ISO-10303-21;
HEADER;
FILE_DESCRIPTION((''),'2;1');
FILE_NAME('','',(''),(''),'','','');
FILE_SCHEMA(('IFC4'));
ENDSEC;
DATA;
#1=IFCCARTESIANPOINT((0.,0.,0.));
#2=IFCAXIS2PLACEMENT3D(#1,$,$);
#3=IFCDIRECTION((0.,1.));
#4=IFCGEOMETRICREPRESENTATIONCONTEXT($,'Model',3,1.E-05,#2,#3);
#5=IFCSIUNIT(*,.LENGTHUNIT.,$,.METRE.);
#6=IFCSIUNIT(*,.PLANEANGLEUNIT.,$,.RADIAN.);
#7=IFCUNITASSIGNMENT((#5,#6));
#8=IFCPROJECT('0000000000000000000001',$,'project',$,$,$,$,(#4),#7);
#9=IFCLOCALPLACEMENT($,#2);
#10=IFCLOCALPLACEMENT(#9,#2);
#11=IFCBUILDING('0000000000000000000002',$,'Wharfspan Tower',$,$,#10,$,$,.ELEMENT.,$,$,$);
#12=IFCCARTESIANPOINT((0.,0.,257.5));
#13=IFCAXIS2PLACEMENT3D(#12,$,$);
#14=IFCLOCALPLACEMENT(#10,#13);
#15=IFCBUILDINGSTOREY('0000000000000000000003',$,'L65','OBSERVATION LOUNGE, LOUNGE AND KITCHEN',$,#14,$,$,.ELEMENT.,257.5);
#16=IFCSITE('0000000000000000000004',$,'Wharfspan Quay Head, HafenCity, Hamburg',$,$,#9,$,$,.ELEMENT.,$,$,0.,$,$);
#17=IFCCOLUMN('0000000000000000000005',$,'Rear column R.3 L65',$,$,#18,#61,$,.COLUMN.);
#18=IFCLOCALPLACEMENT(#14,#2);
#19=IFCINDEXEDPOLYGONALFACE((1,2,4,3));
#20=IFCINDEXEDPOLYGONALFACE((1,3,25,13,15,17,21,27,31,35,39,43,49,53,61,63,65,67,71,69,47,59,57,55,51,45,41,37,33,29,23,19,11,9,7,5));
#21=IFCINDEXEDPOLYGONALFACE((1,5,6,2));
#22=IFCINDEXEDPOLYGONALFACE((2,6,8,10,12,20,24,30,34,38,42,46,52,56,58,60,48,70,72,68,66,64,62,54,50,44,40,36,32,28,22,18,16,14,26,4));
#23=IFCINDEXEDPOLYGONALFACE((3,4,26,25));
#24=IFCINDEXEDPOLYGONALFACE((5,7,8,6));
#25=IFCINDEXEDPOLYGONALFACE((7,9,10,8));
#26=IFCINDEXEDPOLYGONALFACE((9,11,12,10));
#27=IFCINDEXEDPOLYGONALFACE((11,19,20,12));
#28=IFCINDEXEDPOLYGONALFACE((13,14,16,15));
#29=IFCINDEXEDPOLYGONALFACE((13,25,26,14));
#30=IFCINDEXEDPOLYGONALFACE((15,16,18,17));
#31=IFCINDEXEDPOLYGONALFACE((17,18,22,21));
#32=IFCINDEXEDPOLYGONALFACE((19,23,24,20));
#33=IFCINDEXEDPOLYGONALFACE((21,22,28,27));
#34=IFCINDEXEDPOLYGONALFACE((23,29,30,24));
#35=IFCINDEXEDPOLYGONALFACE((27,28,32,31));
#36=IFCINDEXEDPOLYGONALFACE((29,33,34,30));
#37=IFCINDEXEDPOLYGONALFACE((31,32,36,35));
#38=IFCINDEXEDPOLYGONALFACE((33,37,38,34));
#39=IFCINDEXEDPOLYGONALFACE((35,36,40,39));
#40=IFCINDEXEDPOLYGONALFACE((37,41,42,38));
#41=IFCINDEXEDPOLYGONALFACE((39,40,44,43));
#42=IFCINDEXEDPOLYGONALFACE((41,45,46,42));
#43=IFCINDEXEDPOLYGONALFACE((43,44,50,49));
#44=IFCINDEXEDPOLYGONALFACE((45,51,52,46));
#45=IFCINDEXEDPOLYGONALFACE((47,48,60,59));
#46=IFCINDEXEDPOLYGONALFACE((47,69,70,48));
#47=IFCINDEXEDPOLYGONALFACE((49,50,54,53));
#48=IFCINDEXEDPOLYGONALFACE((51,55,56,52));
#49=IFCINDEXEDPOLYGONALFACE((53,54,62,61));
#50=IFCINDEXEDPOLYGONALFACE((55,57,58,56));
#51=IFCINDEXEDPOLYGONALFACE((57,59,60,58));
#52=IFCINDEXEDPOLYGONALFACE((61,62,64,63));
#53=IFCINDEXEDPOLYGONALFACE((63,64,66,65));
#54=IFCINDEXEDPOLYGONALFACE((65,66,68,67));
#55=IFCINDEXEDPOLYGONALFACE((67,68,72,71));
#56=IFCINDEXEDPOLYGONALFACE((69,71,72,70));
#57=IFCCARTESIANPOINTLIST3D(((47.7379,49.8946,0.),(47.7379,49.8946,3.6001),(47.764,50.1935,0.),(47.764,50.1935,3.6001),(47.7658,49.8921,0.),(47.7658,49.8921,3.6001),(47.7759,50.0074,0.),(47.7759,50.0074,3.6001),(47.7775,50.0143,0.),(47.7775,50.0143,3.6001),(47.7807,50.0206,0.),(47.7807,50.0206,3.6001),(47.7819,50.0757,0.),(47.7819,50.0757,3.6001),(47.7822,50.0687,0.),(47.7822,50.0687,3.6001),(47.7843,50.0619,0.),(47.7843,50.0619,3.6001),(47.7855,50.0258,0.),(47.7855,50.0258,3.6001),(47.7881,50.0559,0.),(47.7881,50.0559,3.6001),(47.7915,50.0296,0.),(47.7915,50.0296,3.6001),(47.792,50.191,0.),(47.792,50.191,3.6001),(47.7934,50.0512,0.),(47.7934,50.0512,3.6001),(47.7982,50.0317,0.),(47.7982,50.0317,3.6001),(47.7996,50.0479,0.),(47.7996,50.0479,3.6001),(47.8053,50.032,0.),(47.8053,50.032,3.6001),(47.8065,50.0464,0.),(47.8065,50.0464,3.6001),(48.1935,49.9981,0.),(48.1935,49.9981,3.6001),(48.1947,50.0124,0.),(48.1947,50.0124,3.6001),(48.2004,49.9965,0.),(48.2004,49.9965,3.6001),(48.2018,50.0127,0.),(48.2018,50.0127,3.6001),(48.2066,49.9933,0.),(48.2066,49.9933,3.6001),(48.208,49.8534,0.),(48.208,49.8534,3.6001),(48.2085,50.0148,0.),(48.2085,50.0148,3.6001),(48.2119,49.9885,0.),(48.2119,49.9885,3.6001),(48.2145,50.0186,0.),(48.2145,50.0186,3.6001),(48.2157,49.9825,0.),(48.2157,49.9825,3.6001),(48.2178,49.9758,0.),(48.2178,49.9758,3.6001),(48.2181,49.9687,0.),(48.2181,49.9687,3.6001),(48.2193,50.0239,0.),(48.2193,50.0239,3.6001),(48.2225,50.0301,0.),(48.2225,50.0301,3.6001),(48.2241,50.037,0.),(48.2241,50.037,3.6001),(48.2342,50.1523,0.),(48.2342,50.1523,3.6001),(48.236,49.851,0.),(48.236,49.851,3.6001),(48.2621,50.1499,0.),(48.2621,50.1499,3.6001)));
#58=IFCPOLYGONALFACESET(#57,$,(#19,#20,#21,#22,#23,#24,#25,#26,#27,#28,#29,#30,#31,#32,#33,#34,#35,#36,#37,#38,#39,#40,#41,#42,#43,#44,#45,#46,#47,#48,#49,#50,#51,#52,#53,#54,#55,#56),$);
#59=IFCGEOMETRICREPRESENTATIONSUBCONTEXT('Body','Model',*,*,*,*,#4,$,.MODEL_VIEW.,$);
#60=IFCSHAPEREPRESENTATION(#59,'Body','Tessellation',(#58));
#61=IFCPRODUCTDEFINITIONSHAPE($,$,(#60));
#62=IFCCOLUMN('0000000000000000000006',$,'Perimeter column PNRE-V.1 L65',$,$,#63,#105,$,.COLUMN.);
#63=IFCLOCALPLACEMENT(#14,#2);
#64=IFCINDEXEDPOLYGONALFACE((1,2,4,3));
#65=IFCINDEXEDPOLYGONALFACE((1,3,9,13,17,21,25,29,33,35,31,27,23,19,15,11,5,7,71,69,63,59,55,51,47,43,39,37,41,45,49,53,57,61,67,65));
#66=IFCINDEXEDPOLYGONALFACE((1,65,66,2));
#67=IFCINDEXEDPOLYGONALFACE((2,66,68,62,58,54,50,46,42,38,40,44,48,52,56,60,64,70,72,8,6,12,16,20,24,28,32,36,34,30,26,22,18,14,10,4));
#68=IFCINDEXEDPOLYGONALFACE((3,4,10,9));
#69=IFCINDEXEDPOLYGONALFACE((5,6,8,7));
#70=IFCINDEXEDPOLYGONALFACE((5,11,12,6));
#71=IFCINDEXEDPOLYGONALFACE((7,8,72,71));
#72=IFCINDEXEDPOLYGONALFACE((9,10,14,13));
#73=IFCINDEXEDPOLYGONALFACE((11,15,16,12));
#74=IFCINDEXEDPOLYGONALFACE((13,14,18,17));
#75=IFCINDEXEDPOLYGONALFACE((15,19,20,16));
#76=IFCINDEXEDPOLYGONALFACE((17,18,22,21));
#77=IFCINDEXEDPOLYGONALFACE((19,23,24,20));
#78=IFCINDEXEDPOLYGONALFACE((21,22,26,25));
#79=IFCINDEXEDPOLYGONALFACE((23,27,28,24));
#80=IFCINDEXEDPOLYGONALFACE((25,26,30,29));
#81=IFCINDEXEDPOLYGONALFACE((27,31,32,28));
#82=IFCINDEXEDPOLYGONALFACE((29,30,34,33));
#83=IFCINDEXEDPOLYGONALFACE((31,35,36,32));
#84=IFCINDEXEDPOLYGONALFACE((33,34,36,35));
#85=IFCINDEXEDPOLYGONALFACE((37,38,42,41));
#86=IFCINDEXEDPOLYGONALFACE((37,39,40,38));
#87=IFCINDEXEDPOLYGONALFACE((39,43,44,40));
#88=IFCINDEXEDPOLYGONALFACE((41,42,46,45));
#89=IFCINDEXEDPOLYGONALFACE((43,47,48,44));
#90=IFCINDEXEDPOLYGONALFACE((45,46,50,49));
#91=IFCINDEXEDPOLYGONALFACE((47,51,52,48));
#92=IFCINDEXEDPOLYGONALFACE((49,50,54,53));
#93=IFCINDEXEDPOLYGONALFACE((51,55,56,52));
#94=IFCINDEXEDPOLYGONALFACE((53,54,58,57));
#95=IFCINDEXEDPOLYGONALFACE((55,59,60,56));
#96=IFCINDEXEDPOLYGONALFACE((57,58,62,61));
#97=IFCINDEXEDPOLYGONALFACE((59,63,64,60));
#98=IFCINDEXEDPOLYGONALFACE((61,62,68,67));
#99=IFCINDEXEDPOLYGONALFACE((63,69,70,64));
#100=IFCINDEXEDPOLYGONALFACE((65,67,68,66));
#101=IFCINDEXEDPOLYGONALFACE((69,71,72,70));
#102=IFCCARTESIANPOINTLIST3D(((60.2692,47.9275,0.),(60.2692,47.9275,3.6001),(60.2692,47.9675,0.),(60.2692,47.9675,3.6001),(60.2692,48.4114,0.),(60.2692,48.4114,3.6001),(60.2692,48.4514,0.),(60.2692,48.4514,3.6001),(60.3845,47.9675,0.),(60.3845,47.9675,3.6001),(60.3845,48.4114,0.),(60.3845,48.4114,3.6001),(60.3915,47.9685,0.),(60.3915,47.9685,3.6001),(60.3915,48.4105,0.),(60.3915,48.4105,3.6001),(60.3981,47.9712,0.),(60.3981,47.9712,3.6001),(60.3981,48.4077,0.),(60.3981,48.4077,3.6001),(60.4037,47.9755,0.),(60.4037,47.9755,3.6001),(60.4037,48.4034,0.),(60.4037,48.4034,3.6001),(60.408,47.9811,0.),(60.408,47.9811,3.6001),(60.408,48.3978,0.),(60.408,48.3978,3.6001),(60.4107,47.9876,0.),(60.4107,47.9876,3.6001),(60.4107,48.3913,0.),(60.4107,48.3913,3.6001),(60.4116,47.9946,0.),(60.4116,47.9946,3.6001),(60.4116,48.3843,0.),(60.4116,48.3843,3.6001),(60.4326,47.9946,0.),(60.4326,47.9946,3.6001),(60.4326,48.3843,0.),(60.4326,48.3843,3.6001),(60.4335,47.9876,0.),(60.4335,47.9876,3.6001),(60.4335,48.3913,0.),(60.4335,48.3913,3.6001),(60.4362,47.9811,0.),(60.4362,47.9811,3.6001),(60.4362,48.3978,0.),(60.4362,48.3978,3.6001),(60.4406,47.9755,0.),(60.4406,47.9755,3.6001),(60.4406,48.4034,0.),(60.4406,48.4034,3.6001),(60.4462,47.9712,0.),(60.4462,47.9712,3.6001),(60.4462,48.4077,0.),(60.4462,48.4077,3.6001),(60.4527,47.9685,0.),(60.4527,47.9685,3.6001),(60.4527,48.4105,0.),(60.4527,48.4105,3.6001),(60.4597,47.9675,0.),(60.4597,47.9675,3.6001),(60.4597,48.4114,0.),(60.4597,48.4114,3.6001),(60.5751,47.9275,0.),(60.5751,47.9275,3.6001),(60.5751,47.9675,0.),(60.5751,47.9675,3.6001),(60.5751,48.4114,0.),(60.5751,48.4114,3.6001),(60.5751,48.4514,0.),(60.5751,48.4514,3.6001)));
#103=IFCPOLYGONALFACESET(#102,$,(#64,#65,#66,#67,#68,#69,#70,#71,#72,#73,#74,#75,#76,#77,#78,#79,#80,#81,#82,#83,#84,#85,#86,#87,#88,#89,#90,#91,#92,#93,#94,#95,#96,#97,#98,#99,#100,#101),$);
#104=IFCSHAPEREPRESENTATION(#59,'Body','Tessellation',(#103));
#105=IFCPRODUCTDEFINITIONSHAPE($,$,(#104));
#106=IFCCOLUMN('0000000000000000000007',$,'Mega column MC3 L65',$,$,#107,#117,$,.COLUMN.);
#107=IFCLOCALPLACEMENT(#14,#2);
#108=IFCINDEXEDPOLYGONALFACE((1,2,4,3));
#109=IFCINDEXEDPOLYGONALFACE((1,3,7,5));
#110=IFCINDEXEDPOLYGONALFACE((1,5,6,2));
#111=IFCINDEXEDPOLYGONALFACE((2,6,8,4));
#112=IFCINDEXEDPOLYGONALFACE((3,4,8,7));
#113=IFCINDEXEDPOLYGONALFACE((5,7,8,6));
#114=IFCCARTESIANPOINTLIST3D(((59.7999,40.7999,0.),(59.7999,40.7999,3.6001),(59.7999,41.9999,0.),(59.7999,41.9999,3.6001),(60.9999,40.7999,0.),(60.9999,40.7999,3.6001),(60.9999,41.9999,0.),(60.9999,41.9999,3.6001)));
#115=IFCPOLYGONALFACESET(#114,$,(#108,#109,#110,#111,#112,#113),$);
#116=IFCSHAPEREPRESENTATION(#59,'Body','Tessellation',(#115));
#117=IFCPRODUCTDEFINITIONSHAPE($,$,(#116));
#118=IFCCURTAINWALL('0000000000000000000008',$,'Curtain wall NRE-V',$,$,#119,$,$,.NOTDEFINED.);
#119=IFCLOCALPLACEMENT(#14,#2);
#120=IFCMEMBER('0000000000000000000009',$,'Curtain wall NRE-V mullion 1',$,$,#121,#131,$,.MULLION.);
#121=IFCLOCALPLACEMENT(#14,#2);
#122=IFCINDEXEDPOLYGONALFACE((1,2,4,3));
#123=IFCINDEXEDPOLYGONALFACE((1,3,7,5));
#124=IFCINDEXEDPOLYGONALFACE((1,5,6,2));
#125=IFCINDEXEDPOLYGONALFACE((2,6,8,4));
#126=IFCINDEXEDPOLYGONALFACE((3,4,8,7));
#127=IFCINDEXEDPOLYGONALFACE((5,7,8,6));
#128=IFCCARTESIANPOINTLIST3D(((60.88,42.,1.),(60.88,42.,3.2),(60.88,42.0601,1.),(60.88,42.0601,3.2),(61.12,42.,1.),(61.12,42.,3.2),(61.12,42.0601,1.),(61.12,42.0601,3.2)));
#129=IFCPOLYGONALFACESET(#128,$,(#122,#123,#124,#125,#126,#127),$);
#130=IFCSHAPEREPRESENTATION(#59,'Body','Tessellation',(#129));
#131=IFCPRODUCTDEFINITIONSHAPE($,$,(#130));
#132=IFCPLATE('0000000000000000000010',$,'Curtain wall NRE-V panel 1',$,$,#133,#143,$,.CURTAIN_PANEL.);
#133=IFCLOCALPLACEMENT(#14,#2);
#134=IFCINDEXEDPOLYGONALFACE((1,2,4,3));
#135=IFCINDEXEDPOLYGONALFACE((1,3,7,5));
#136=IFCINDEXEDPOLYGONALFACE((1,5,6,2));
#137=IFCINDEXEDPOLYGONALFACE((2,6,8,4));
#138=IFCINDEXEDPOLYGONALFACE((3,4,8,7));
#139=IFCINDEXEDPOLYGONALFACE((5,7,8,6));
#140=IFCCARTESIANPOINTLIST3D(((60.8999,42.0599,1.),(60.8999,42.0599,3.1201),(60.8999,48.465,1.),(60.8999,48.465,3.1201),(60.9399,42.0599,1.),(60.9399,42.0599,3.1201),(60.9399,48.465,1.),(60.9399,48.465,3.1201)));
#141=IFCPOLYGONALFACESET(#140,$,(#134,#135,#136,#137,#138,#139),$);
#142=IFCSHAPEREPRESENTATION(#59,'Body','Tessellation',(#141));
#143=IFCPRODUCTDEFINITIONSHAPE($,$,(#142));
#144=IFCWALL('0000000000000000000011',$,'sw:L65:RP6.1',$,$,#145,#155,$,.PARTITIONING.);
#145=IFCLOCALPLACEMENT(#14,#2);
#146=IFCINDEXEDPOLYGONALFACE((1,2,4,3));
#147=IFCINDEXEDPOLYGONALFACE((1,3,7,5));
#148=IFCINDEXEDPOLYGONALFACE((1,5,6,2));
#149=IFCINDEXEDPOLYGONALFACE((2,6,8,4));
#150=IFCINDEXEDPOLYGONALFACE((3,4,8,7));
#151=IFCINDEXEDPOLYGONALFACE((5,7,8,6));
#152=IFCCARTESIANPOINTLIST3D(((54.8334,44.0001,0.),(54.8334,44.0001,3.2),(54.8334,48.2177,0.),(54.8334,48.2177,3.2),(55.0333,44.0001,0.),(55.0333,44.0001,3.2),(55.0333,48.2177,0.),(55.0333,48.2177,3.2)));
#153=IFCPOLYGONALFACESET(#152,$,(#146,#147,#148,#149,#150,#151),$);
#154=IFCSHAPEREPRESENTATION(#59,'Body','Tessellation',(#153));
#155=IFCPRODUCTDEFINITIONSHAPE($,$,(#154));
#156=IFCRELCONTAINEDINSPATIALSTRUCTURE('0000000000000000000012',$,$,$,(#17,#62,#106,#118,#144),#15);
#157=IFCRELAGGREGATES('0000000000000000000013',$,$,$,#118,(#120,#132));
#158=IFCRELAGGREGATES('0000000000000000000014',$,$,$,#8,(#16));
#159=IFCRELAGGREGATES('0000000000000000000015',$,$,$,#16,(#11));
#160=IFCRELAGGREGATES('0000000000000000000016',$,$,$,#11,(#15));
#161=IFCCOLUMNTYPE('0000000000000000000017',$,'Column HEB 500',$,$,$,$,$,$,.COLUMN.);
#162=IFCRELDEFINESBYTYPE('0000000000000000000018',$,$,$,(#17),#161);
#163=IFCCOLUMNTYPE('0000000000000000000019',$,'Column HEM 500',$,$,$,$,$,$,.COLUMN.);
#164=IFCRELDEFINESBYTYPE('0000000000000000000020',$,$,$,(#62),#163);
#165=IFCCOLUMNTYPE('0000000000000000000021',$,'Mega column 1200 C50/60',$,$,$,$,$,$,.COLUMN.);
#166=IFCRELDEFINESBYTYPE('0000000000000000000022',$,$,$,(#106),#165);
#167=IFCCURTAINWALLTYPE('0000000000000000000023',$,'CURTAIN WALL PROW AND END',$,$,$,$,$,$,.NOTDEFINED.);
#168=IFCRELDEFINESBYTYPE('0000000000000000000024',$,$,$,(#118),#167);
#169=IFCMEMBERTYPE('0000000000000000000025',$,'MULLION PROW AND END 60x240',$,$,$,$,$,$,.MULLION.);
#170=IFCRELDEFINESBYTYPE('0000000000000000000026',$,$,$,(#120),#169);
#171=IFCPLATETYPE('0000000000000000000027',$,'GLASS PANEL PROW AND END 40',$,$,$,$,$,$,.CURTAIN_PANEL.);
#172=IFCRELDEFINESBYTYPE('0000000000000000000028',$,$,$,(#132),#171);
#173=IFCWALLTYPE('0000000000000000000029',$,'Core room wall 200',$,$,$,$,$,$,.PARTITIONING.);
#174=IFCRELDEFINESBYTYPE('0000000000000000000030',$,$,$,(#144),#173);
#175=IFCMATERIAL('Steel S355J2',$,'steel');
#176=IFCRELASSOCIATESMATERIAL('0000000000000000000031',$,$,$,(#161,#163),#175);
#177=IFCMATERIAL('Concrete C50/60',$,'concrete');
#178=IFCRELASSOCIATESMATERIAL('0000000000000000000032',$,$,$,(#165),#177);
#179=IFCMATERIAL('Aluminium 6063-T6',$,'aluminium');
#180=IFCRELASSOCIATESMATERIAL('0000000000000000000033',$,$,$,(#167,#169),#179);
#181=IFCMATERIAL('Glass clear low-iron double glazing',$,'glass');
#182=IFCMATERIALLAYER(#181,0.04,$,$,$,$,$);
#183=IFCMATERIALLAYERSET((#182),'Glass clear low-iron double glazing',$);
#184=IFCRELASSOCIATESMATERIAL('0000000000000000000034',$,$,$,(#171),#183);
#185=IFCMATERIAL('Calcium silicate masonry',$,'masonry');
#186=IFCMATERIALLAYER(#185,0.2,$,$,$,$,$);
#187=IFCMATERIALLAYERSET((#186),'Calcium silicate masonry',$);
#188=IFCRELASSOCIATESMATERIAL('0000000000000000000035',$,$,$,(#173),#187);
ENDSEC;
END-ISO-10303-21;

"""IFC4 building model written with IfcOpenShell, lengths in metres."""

from ifc_helpers import new_model, si_unit, direction, frame, frame_2d, origin, origin_2d, place, context, subcontext, project, spatial, rectangle, i_section, extrude, material, layer, layer_set, material_profile, profile_set, type_object, element, aggregate, save


model = new_model("IFC4")

# Units and contexts
model_context = context("Model", 3, precision=1e-05, world=origin(), true_north=direction((0.0, 1.0)))
body_context = subcontext(model_context, "Body", "Model", "MODEL_VIEW")
ifc_project = project(units=[si_unit("LENGTHUNIT", "METRE"), si_unit("PLANEANGLEUNIT", "RADIAN")], contexts=[model_context])

# Site, building, storey
site_placement = place(None, origin())
site = spatial("IfcSite", under=ifc_project, at=site_placement, Name="Wharfspan Quay Head, HafenCity, Hamburg", CompositionType="ELEMENT", RefElevation=0.0)
building_placement = place(site_placement, origin())
building = spatial("IfcBuilding", under=site, at=building_placement, Name="Wharfspan Tower", CompositionType="ELEMENT")
storey_placement = place(building_placement, frame((0.0, 0.0, 257.5)))
storey = spatial("IfcBuildingStorey", under=building, at=storey_placement, Name="L65", Description="OBSERVATION LOUNGE, LOUNGE AND KITCHEN", CompositionType="ELEMENT", Elevation=257.5)

# Columns
ifc_material_1 = material(Name="Steel S355J2", Category="steel")
ifc_material_profile_1 = material_profile(ifc_material_1, i_section(OverallWidth=0.3, OverallDepth=0.5, WebThickness=0.0144, FlangeThickness=0.0281, FilletRadius=0.0271, at=origin_2d()))
ifc_profile_set_1 = profile_set([ifc_material_profile_1], Name="Steel S355J2")
column_type_1 = type_object("IfcColumnType", Name="Column HEB 500", PredefinedType="COLUMN", material=ifc_profile_set_1)
column_1_placement = place(storey_placement, frame((48.0, 50.0222, 0.0), z_axis=(0.0, 0.0, 1.0), x_axis=(0.087156, 0.996197, 0.0)))
element("IfcColumn", 1, at=column_1_placement, inside=storey, type_object=column_type_1, Name="Rear column R.3 L65", PredefinedType="COLUMN", context=body_context, shape_type="SweptSolid", body=[
    extrude(i_section(OverallWidth=0.3, OverallDepth=0.5, WebThickness=0.0144, FlangeThickness=0.0281, FilletRadius=0.0271, at=origin_2d()), origin(), (0.0, 0.0, 1.0), 3.6001),
])
ifc_material_profile_2 = material_profile(ifc_material_1, i_section(OverallWidth=0.3059, OverallDepth=0.5239, WebThickness=0.021, FlangeThickness=0.04, FilletRadius=0.0271, at=origin_2d()))
ifc_profile_set_2 = profile_set([ifc_material_profile_2], Name="Steel S355J2")
column_type_2 = type_object("IfcColumnType", Name="Column HEM 500", PredefinedType="COLUMN", material=ifc_profile_set_2)
column_2_placement = place(storey_placement, frame((60.4221, 48.1895, 0.0), z_axis=(0.0, 0.0, 1.0), x_axis=(1.0, 0.0, 0.0)))
element("IfcColumn", 2, at=column_2_placement, inside=storey, type_object=column_type_2, Name="Perimeter column PNRE-V.1 L65", PredefinedType="COLUMN", context=body_context, shape_type="SweptSolid", body=[
    extrude(i_section(OverallWidth=0.3059, OverallDepth=0.5239, WebThickness=0.021, FlangeThickness=0.04, FilletRadius=0.0271, at=origin_2d()), origin(), (0.0, 0.0, 1.0), 3.6001),
])
ifc_material_2 = material(Name="Concrete C50/60", Category="concrete")
ifc_material_profile_3 = material_profile(ifc_material_2, rectangle(XDim=1.2, YDim=1.2, at=origin_2d()))
ifc_profile_set_3 = profile_set([ifc_material_profile_3], Name="Concrete C50/60")
column_type_3 = type_object("IfcColumnType", Name="Mega column 1200 C50/60", PredefinedType="COLUMN", material=ifc_profile_set_3)
column_3_placement = place(storey_placement, frame((60.3999, 41.3999, 0.0), z_axis=(0.0, 0.0, 1.0), x_axis=(1.0, 0.0, 0.0)))
element("IfcColumn", 3, at=column_3_placement, inside=storey, type_object=column_type_3, Name="Mega column MC3 L65", PredefinedType="COLUMN", context=body_context, shape_type="SweptSolid", body=[
    extrude(rectangle(XDim=1.2, YDim=1.2, at=origin_2d()), origin(), (0.0, 0.0, 1.0), 3.6001),
])

# Curtain wall, member, plate
ifc_material_3 = material(Name="Aluminium 6063-T6", Category="aluminium")
curtain_wall_type = type_object("IfcCurtainWallType", Name="CURTAIN WALL PROW AND END", PredefinedType="NOTDEFINED", material=ifc_material_3)
curtain_wall_placement = place(storey_placement, origin())
curtain_wall = element("IfcCurtainWall", 4, at=curtain_wall_placement, inside=storey, type_object=curtain_wall_type, Name="Curtain wall NRE-V", PredefinedType="NOTDEFINED")
ifc_material_profile_4 = material_profile(ifc_material_3, rectangle(XDim=0.24, YDim=0.0601, at=origin_2d()))
ifc_profile_set_4 = profile_set([ifc_material_profile_4], Name="Aluminium 6063-T6")
member_type = type_object("IfcMemberType", Name="MULLION PROW AND END 60x240", PredefinedType="MULLION", material=ifc_profile_set_4)
member_placement = place(storey_placement, frame((61.0, 42.03, 1.0), z_axis=(0.0, 0.0, 1.0), x_axis=(-1.0, 0.0, 0.0)))
member = element("IfcMember", 5, at=member_placement, type_object=member_type, Name="Curtain wall NRE-V mullion 1", PredefinedType="MULLION", context=body_context, shape_type="SweptSolid", body=[
    extrude(rectangle(XDim=0.24, YDim=0.0601, at=origin_2d()), origin(), (0.0, 0.0, 1.0), 2.2),
])
ifc_material_4 = material(Name="Glass clear low-iron double glazing", Category="glass")
ifc_layer_1 = layer(ifc_material_4, 0.04)
ifc_layer_set_1 = layer_set([ifc_layer_1], Name="Glass clear low-iron double glazing")
plate_type = type_object("IfcPlateType", Name="GLASS PANEL PROW AND END 40", PredefinedType="CURTAIN_PANEL", material=ifc_layer_set_1)
plate_placement = place(storey_placement, frame((60.9199, 45.2625, 1.0), z_axis=(0.0, 0.0, 1.0), x_axis=(0.0, 1.0, 0.0)))
plate = element("IfcPlate", 6, at=plate_placement, type_object=plate_type, Name="Curtain wall NRE-V panel 1", PredefinedType="CURTAIN_PANEL", context=body_context, shape_type="SweptSolid", body=[
    extrude(rectangle(XDim=6.405, YDim=0.04, at=origin_2d()), origin(), (0.0, 0.0, 1.0), 2.1201),
])
aggregate(curtain_wall, [member, plate])

# Wall
ifc_material_5 = material(Name="Calcium silicate masonry", Category="masonry")
ifc_layer_2 = layer(ifc_material_5, 0.2)
ifc_layer_set_2 = layer_set([ifc_layer_2], Name="Calcium silicate masonry")
wall_type_1 = type_object("IfcWallType", Name="Core room wall 200", PredefinedType="PARTITIONING", material=ifc_layer_set_2)
wall_1_placement = place(storey_placement, frame((54.9333, 44.0, 0.0), z_axis=(0.0, 0.0, 1.0), x_axis=(0.0, 1.0, 0.0)))
element("IfcWall", 7, at=wall_1_placement, inside=storey, type_object=wall_type_1, Name="sw:L65:RP6.1", PredefinedType="PARTITIONING", context=body_context, shape_type="SweptSolid", body=[
    extrude(rectangle(XDim=4.2175, YDim=0.2, at=frame_2d((2.1089, 0.0))), origin(), (0.0, 0.0, 1.0), 3.2),
])

save(model, "model.ifc")
